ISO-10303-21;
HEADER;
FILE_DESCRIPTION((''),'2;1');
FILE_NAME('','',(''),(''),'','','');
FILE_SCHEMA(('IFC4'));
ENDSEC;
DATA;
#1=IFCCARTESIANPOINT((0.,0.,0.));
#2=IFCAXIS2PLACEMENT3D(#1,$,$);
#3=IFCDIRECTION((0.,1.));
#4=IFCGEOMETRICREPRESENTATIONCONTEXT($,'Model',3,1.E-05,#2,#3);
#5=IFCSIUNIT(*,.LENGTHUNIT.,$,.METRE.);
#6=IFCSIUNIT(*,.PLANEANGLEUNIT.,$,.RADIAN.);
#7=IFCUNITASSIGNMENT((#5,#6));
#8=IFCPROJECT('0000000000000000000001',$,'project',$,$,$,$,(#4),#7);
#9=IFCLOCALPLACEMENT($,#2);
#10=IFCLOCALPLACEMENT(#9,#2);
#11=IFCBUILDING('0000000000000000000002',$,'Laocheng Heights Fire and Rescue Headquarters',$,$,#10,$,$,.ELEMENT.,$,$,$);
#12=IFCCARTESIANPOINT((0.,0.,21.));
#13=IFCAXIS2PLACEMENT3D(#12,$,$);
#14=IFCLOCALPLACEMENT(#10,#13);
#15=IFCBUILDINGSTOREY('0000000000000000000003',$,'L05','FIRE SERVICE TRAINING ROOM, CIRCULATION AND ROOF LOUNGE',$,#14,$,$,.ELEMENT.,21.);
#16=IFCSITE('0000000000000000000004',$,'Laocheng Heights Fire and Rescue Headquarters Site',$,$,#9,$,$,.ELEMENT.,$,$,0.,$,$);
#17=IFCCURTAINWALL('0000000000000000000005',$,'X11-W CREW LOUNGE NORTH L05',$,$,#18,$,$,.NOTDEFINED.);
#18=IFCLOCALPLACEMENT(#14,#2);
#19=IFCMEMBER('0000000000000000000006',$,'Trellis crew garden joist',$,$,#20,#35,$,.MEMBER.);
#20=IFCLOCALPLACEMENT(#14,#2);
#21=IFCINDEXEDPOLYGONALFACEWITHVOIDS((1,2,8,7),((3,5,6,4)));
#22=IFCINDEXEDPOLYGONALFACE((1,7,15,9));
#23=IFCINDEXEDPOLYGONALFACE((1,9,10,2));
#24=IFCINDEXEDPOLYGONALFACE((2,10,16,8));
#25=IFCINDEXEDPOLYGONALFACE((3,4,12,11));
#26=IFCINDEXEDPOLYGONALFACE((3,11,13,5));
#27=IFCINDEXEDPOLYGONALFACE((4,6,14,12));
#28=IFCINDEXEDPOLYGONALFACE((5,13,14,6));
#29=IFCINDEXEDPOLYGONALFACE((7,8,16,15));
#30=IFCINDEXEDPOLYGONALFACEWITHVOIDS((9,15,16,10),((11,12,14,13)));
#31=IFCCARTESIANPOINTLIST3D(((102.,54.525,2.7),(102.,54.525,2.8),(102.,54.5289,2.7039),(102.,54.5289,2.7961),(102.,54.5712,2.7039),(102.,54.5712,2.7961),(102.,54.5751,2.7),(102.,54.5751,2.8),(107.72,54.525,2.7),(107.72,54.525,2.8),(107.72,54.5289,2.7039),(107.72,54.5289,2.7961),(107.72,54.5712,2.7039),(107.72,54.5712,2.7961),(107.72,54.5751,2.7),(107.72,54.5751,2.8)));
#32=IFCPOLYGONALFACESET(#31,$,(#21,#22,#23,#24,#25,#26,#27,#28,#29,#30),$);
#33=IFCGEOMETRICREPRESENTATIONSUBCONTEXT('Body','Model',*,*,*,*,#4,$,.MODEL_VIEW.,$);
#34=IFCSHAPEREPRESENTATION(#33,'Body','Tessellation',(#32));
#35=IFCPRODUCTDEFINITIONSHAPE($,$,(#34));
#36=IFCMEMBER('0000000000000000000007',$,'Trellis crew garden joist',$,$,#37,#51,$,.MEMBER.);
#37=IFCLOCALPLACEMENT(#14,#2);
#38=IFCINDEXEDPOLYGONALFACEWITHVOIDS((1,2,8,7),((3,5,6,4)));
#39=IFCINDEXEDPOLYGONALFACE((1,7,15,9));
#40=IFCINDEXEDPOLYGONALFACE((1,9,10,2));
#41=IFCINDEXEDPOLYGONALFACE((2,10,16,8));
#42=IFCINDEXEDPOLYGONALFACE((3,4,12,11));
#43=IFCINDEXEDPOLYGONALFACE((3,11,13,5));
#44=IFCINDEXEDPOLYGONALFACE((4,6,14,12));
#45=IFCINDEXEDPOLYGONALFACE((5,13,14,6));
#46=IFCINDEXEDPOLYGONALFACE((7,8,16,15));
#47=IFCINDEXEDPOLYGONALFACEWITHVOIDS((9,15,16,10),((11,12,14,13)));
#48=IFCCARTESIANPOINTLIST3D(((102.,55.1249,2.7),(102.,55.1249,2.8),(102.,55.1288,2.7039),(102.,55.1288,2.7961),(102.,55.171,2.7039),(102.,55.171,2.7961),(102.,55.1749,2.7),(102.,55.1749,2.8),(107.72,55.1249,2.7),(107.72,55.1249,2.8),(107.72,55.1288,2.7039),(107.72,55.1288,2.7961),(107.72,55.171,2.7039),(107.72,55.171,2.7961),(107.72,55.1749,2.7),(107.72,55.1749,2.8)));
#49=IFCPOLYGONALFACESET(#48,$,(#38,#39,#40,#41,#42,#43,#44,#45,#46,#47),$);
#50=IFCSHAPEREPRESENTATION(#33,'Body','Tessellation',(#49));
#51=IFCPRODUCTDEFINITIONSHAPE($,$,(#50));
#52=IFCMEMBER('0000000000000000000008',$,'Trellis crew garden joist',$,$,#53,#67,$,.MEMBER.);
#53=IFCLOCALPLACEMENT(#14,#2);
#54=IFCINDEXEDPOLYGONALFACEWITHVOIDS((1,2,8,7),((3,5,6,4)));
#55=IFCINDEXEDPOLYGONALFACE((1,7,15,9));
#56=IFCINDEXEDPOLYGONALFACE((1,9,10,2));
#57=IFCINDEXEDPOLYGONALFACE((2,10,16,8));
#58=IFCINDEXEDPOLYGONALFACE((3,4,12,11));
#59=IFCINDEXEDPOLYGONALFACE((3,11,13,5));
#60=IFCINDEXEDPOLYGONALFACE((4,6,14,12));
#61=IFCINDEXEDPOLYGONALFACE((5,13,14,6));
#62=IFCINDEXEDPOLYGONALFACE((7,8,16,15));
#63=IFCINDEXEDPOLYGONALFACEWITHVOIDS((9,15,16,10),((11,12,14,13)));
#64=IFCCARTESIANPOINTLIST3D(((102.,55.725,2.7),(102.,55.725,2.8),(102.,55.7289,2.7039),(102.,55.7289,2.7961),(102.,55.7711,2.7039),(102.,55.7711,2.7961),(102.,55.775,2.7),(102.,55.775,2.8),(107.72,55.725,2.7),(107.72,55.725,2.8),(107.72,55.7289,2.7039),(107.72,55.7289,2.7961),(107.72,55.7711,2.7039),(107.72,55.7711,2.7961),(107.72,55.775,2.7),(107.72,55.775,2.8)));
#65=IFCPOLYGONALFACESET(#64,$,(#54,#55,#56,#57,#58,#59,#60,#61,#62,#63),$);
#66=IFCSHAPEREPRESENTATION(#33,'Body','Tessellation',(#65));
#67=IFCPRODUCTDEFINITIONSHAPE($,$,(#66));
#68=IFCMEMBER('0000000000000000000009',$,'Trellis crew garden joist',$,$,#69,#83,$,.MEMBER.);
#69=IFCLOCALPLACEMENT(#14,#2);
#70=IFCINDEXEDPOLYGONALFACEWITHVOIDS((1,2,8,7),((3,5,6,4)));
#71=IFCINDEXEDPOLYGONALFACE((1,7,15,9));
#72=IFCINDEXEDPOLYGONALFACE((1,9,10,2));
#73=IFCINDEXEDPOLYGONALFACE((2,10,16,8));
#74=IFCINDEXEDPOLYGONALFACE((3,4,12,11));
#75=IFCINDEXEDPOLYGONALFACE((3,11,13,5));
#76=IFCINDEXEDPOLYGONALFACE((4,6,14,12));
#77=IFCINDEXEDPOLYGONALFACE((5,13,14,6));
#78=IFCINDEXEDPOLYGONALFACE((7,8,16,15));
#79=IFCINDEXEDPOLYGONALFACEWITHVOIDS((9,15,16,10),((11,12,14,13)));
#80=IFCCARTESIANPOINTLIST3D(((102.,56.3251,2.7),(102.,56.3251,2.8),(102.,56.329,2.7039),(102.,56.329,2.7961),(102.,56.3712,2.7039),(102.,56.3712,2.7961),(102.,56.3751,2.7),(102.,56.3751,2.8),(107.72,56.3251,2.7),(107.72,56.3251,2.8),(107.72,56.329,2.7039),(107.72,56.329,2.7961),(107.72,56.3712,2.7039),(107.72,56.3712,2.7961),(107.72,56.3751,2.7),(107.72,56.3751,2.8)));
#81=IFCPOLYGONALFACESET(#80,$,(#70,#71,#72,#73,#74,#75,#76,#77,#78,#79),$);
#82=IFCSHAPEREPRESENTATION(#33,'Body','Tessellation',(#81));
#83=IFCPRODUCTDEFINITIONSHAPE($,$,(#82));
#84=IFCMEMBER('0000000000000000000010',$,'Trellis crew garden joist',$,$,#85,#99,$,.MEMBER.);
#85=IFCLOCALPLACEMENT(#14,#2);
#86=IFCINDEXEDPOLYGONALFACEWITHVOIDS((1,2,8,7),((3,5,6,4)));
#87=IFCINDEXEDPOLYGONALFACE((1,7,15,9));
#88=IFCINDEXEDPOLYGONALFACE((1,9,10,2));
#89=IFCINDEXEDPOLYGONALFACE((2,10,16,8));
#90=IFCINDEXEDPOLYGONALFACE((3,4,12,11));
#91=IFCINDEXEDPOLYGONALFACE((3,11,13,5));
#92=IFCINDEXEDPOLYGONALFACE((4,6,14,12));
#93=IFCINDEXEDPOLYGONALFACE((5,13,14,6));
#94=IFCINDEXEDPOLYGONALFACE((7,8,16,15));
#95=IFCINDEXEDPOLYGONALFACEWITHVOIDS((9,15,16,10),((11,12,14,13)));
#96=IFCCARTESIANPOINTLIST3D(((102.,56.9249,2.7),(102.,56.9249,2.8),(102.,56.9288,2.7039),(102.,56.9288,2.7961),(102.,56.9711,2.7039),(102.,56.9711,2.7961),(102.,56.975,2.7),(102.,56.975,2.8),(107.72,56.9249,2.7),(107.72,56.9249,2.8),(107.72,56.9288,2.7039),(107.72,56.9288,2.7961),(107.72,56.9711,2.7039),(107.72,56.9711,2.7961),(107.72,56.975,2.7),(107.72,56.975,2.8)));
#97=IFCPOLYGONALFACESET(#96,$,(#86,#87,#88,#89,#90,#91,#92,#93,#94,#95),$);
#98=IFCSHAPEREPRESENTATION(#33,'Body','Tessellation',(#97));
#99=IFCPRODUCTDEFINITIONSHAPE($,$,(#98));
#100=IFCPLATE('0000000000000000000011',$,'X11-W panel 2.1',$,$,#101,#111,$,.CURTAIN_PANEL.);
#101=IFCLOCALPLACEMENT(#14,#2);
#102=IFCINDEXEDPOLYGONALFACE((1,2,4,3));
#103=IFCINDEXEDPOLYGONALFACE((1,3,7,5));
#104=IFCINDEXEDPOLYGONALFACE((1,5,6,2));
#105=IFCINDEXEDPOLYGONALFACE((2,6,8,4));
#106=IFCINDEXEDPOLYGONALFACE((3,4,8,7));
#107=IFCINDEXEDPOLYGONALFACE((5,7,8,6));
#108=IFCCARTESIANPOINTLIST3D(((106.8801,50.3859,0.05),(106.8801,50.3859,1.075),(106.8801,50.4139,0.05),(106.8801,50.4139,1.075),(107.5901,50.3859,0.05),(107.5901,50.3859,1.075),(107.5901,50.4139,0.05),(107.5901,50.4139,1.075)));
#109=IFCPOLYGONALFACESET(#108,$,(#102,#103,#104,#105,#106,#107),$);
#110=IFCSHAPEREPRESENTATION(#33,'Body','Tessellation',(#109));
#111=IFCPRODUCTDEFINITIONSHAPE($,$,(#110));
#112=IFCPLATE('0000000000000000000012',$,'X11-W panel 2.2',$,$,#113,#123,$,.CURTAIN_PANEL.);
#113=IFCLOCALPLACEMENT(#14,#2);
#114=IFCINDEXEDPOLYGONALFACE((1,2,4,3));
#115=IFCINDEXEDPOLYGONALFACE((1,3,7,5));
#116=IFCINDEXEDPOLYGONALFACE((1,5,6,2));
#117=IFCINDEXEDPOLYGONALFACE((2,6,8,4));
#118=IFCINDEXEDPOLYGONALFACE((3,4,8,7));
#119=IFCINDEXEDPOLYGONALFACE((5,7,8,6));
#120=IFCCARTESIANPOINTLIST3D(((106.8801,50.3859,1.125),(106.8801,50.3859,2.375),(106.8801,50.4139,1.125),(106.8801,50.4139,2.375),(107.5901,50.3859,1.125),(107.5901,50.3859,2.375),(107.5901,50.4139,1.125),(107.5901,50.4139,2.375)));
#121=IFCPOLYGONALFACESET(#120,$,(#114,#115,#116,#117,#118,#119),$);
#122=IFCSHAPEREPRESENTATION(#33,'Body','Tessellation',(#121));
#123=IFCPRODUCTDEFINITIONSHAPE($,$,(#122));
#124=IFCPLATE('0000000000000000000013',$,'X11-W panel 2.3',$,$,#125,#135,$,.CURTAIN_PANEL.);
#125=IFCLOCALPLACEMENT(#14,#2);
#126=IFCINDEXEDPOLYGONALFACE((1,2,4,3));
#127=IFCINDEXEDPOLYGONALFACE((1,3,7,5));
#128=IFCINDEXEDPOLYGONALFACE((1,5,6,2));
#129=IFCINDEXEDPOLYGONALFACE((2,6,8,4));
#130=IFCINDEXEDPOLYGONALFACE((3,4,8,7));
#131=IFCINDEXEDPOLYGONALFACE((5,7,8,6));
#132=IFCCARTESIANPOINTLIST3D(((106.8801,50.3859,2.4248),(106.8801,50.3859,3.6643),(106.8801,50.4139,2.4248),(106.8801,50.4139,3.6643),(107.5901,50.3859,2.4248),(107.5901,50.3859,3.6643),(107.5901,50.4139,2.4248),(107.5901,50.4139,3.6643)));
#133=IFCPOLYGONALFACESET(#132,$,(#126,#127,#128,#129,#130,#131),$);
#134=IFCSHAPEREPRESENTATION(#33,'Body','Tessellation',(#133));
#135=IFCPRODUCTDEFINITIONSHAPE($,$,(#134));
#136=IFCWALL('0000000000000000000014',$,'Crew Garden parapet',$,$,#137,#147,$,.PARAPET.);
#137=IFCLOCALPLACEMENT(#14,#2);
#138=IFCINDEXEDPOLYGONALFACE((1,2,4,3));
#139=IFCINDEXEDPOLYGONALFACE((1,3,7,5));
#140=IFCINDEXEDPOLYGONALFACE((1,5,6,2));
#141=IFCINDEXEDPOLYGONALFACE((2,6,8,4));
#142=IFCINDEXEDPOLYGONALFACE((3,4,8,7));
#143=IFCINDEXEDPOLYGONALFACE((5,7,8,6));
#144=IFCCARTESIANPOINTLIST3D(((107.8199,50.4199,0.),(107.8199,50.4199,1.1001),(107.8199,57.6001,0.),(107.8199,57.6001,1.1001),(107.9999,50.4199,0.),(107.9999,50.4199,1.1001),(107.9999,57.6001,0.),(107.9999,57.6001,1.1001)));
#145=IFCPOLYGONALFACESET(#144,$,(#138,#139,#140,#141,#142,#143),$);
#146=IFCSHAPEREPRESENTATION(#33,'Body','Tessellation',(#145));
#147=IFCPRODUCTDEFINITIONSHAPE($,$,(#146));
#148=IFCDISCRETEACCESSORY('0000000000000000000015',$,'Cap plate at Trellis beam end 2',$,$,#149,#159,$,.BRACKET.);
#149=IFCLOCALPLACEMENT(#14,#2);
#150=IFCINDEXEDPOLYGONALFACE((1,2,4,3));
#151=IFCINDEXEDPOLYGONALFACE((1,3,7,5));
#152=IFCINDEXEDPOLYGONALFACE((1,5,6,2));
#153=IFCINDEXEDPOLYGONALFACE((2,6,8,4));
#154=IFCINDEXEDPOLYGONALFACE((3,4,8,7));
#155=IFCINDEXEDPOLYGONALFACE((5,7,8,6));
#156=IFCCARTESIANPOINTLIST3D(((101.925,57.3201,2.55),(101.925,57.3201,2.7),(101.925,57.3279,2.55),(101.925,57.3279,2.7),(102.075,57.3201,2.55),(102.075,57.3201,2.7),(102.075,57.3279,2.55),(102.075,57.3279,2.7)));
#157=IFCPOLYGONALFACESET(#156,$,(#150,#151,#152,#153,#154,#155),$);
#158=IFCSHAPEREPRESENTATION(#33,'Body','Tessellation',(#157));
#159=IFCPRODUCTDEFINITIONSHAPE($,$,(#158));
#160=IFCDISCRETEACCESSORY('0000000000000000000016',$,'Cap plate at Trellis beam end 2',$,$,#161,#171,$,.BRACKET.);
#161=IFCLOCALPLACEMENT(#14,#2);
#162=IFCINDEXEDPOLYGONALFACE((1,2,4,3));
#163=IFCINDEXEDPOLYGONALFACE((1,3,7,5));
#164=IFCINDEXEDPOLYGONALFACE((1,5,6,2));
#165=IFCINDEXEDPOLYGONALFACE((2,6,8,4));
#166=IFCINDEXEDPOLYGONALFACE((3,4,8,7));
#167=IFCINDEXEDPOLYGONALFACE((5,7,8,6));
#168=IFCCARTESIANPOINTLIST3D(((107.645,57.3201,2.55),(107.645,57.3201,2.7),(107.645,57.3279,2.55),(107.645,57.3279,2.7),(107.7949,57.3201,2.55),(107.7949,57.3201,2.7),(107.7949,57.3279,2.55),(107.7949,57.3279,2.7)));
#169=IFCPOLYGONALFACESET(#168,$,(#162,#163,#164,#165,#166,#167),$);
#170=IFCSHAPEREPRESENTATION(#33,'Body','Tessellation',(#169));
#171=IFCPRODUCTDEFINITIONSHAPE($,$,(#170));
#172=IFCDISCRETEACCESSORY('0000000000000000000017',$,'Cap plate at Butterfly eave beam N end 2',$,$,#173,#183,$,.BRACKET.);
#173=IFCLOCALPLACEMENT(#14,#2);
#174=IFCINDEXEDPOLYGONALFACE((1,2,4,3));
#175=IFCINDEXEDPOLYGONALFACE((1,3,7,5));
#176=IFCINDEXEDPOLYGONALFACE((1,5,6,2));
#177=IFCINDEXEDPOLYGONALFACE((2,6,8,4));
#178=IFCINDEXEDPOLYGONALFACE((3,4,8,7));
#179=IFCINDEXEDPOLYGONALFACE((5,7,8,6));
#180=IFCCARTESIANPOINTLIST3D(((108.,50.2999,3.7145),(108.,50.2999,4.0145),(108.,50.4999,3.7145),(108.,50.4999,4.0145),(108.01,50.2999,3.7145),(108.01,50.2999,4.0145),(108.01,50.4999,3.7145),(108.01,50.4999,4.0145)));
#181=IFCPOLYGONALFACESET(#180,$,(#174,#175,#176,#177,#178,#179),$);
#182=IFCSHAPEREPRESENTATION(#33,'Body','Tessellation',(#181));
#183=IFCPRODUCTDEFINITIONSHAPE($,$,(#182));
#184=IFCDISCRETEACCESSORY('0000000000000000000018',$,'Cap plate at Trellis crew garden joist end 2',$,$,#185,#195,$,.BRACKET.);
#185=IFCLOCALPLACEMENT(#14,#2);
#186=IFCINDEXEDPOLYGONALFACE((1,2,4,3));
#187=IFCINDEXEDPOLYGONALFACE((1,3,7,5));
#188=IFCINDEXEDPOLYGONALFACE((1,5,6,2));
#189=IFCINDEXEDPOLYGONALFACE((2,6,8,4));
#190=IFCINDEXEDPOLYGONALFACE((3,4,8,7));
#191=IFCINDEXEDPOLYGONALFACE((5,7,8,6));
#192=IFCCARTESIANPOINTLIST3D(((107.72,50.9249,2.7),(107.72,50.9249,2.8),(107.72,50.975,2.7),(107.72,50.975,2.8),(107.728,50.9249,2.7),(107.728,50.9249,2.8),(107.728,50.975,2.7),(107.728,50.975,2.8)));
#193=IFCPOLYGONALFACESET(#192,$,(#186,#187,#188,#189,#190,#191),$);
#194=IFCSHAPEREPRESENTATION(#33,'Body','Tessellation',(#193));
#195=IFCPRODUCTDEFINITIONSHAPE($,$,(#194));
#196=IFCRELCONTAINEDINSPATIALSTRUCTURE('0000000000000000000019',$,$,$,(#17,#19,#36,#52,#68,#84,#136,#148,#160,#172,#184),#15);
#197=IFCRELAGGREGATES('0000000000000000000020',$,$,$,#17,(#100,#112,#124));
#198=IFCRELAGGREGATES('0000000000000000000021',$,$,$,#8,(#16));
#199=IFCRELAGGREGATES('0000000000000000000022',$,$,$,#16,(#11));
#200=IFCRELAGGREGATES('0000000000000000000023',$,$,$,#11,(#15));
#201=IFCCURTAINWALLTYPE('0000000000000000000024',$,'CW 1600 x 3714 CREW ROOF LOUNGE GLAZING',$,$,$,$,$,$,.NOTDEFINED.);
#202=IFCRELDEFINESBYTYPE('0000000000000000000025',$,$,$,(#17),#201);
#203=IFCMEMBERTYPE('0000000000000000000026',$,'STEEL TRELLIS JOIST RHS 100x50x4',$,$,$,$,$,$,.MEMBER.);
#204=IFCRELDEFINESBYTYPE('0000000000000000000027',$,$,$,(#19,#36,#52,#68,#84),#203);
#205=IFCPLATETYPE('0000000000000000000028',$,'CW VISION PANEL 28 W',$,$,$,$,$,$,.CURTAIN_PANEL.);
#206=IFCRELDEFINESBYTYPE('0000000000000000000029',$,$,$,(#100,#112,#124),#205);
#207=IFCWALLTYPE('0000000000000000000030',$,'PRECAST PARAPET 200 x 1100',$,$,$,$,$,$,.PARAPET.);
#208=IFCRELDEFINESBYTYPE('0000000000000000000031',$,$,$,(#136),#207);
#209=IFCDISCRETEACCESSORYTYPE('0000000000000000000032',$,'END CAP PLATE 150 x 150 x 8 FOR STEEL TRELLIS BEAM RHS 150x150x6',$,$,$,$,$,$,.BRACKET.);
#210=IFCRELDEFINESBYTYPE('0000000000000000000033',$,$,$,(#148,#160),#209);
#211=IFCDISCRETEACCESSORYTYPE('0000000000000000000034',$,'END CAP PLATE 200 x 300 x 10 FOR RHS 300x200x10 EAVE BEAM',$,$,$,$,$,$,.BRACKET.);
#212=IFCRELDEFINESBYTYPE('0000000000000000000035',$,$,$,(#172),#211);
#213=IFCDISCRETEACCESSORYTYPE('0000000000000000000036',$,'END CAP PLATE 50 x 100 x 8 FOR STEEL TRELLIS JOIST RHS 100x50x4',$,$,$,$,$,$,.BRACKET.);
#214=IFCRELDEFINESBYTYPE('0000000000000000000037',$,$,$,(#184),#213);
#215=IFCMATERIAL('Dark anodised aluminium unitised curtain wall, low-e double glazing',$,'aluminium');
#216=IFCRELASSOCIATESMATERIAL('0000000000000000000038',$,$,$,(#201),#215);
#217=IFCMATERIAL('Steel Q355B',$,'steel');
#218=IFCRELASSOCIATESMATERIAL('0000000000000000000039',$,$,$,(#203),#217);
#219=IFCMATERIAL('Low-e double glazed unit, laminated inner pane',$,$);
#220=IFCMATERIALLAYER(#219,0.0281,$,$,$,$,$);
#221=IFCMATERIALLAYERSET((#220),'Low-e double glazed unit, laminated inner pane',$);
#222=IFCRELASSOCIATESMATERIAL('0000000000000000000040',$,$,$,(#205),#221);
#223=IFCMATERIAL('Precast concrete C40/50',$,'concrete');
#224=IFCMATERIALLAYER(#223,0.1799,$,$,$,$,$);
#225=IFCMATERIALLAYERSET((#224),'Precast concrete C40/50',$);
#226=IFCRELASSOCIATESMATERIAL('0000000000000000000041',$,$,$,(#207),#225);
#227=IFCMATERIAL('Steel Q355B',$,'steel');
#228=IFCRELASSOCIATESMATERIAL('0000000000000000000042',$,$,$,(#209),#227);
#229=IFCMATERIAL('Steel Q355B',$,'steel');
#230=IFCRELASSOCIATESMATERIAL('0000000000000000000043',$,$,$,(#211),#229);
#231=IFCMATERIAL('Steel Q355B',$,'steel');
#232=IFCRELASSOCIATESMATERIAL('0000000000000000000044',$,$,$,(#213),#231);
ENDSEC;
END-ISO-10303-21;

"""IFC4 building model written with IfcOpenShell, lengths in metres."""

from ifc_helpers import new_model, si_unit, direction, frame, frame_2d, origin, origin_2d, place, context, subcontext, project, spatial, rectangle, hollow_rectangle, extrude, material, layer, layer_set, material_profile, profile_set, type_object, element, aggregate, save


model = new_model("IFC4")

# Units and contexts
model_context = context("Model", 3, precision=1e-05, world=origin(), true_north=direction((0.0, 1.0)))
body_context = subcontext(model_context, "Body", "Model", "MODEL_VIEW")
ifc_project = project(units=[si_unit("LENGTHUNIT", "METRE"), si_unit("PLANEANGLEUNIT", "RADIAN")], contexts=[model_context])

# Site, building, storey
site_placement = place(None, origin())
site = spatial("IfcSite", under=ifc_project, at=site_placement, Name="Laocheng Heights Fire and Rescue Headquarters Site", CompositionType="ELEMENT", RefElevation=0.0)
building_placement = place(site_placement, origin())
building = spatial("IfcBuilding", under=site, at=building_placement, Name="Laocheng Heights Fire and Rescue Headquarters", CompositionType="ELEMENT")
storey_placement = place(building_placement, frame((0.0, 0.0, 21.0)))
storey = spatial("IfcBuildingStorey", under=building, at=storey_placement, Name="L05", Description="FIRE SERVICE TRAINING ROOM, CIRCULATION AND ROOF LOUNGE", CompositionType="ELEMENT", Elevation=21.0)

# Curtain wall
ifc_material_1 = material(Name="Dark anodised aluminium unitised curtain wall, low-e double glazing", Category="aluminium")
curtain_wall_type = type_object("IfcCurtainWallType", Name="CW 1600 x 3714 CREW ROOF LOUNGE GLAZING", PredefinedType="NOTDEFINED", material=ifc_material_1)
curtain_wall_placement = place(storey_placement, origin())
curtain_wall = element("IfcCurtainWall", 1, at=curtain_wall_placement, inside=storey, type_object=curtain_wall_type, Name="X11-W CREW LOUNGE NORTH L05", PredefinedType="NOTDEFINED")

# Members
ifc_material_2 = material(Name="Steel Q355B", Category="steel")
ifc_material_profile_1 = material_profile(ifc_material_2, hollow_rectangle(XDim=0.05, YDim=0.1001, WallThickness=0.0039, at=origin_2d()), Name="RHS 100x50x4")
ifc_profile_set_1 = profile_set([ifc_material_profile_1], Name="Steel Q355B")
member_type_1 = type_object("IfcMemberType", Name="STEEL TRELLIS JOIST RHS 100x50x4", PredefinedType="MEMBER", material=ifc_profile_set_1)
for number, where, z_axis, x_axis, name in (
    (2, (102.0, 54.55, 2.75), (1.0, 0.0, 0.0), (0.0, 1.0, 0.0), "Trellis crew garden joist"),
    (3, (102.0, 55.1499, 2.75), (1.0, 0.0, 0.0), (0.0, 1.0, 0.0), "Trellis crew garden joist"),
    (4, (102.0, 55.75, 2.75), (1.0, 0.0, 0.0), (0.0, 1.0, 0.0), "Trellis crew garden joist"),
    (5, (102.0, 56.3501, 2.75), (1.0, 0.0, 0.0), (0.0, 1.0, 0.0), "Trellis crew garden joist"),
    (6, (102.0, 56.95, 2.75), (1.0, 0.0, 0.0), (0.0, 1.0, 0.0), "Trellis crew garden joist"),
):
    element("IfcMember", number, at=place(storey_placement, frame(where, z_axis=z_axis, x_axis=x_axis)), inside=storey, type_object=member_type_1, Name=name, PredefinedType="MEMBER", context=body_context, shape_type="SweptSolid", body=[
        extrude(hollow_rectangle(XDim=0.05, YDim=0.1001, WallThickness=0.0039, at=origin_2d()), origin(), (0.0, 0.0, 1.0), 5.72),
    ])

# Plates
ifc_material_3 = material(Name="Low-e double glazed unit, laminated inner pane")
ifc_layer_1 = layer(ifc_material_3, 0.0281)
ifc_layer_set_1 = layer_set([ifc_layer_1], Name="Low-e double glazed unit, laminated inner pane")
plate_type = type_object("IfcPlateType", Name="CW VISION PANEL 28 W", PredefinedType="CURTAIN_PANEL", material=ifc_layer_set_1)
plate_1_placement = place(storey_placement, frame((107.2351, 50.3999, 0.05), z_axis=(0.0, 0.0, 1.0), x_axis=(1.0, 0.0, 0.0)))
plate_1 = element("IfcPlate", 7, at=plate_1_placement, type_object=plate_type, Name="X11-W panel 2.1", PredefinedType="CURTAIN_PANEL", context=body_context, shape_type="SweptSolid", body=[
    extrude(rectangle(XDim=0.71, YDim=0.0281, at=origin_2d()), origin(), (0.0, 0.0, 1.0), 1.0249),
])
plate_2_placement = place(storey_placement, frame((107.2351, 50.3999, 1.125), z_axis=(0.0, 0.0, 1.0), x_axis=(1.0, 0.0, 0.0)))
plate_2 = element("IfcPlate", 8, at=plate_2_placement, type_object=plate_type, Name="X11-W panel 2.2", PredefinedType="CURTAIN_PANEL", context=body_context, shape_type="SweptSolid", body=[
    extrude(rectangle(XDim=0.71, YDim=0.0281, at=origin_2d()), origin(), (0.0, 0.0, 1.0), 1.25),
])
plate_3_placement = place(storey_placement, frame((107.2351, 50.3999, 2.4248), z_axis=(0.0, 0.0, 1.0), x_axis=(1.0, 0.0, 0.0)))
plate_3 = element("IfcPlate", 9, at=plate_3_placement, type_object=plate_type, Name="X11-W panel 2.3", PredefinedType="CURTAIN_PANEL", context=body_context, shape_type="SweptSolid", body=[
    extrude(rectangle(XDim=0.71, YDim=0.0281, at=origin_2d()), origin(), (0.0, 0.0, 1.0), 1.2395),
])
aggregate(curtain_wall, [plate_1, plate_2, plate_3])

# Wall
ifc_material_4 = material(Name="Precast concrete C40/50", Category="concrete")
ifc_layer_2 = layer(ifc_material_4, 0.1799)
ifc_layer_set_2 = layer_set([ifc_layer_2], Name="Precast concrete C40/50")
wall_type = type_object("IfcWallType", Name="PRECAST PARAPET 200 x 1100", PredefinedType="PARAPET", material=ifc_layer_set_2)
wall_placement = place(storey_placement, frame((107.9099, 50.4199, 0.0), z_axis=(0.0, 0.0, 1.0), x_axis=(0.0, 1.0, 0.0)))
element("IfcWall", 10, at=wall_placement, inside=storey, type_object=wall_type, Name="Crew Garden parapet", PredefinedType="PARAPET", context=body_context, shape_type="SweptSolid", body=[
    extrude(rectangle(XDim=7.1802, YDim=0.1799, at=frame_2d((3.5901, 0.0))), origin(), (0.0, 0.0, 1.0), 1.1001),
])

# Discrete accessories
ifc_material_5 = material(Name="Steel Q355B", Category="steel")
ifc_material_profile_2 = material_profile(ifc_material_5, rectangle(XDim=0.1499, YDim=0.1499, at=origin_2d()), Name="END CAP PLATE 150 x 150 x 8 FOR STEEL TRELLIS BEAM RHS 150x150x6")
ifc_profile_set_2 = profile_set([ifc_material_profile_2], Name="Steel Q355B")
discrete_accessory_type_1 = type_object("IfcDiscreteAccessoryType", Name="END CAP PLATE 150 x 150 x 8 FOR STEEL TRELLIS BEAM RHS 150x150x6", PredefinedType="BRACKET", material=ifc_profile_set_2)
for number, where, z_axis, x_axis, name in (
    (11, (102.0, 57.3201, 2.625), (0.0, 1.0, 0.0), (-1.0, 0.0, 0.0), "Cap plate at Trellis beam end 2"),
    (12, (107.72, 57.3201, 2.625), (0.0, 1.0, 0.0), (-1.0, 0.0, 0.0), "Cap plate at Trellis beam end 2"),
):
    element("IfcDiscreteAccessory", number, at=place(storey_placement, frame(where, z_axis=z_axis, x_axis=x_axis)), inside=storey, type_object=discrete_accessory_type_1, Name=name, PredefinedType="BRACKET", context=body_context, shape_type="SweptSolid", body=[
        extrude(rectangle(XDim=0.1499, YDim=0.1499, at=origin_2d()), origin(), (0.0, 0.0, 1.0), 0.0078),
    ])
ifc_material_6 = material(Name="Steel Q355B", Category="steel")
ifc_material_profile_3 = material_profile(ifc_material_6, rectangle(XDim=0.2, YDim=0.3, at=origin_2d()), Name="END CAP PLATE 200 x 300 x 10 FOR RHS 300x200x10 EAVE BEAM")
ifc_profile_set_3 = profile_set([ifc_material_profile_3], Name="Steel Q355B")
discrete_accessory_type_2 = type_object("IfcDiscreteAccessoryType", Name="END CAP PLATE 200 x 300 x 10 FOR RHS 300x200x10 EAVE BEAM", PredefinedType="BRACKET", material=ifc_profile_set_3)
discrete_accessory_placement = place(storey_placement, frame((108.0, 50.3999, 3.8645), z_axis=(1.0, 0.0, 0.0), x_axis=(0.0, 1.0, 0.0)))
element("IfcDiscreteAccessory", 13, at=discrete_accessory_placement, inside=storey, type_object=discrete_accessory_type_2, Name="Cap plate at Butterfly eave beam N end 2", PredefinedType="BRACKET", context=body_context, shape_type="SweptSolid", body=[
    extrude(rectangle(XDim=0.2, YDim=0.3, at=origin_2d()), origin(), (0.0, 0.0, 1.0), 0.01),
])
ifc_material_7 = material(Name="Steel Q355B", Category="steel")
ifc_material_profile_4 = material_profile(ifc_material_7, rectangle(XDim=0.05, YDim=0.1001, at=origin_2d()), Name="END CAP PLATE 50 x 100 x 8 FOR STEEL TRELLIS JOIST RHS 100x50x4")
ifc_profile_set_4 = profile_set([ifc_material_profile_4], Name="Steel Q355B")
discrete_accessory_type_3 = type_object("IfcDiscreteAccessoryType", Name="END CAP PLATE 50 x 100 x 8 FOR STEEL TRELLIS JOIST RHS 100x50x4", PredefinedType="BRACKET", material=ifc_profile_set_4)
for number, where, z_axis, x_axis, name in (
    (14, (107.72, 50.95, 2.75), (1.0, 0.0, 0.0), (0.0, 1.0, 0.0), "Cap plate at Trellis crew garden joist end 2"),
):
    element("IfcDiscreteAccessory", number, at=place(storey_placement, frame(where, z_axis=z_axis, x_axis=x_axis)), inside=storey, type_object=discrete_accessory_type_3, Name=name, PredefinedType="BRACKET", context=body_context, shape_type="SweptSolid", body=[
        extrude(rectangle(XDim=0.05, YDim=0.1001, at=origin_2d()), origin(), (0.0, 0.0, 1.0), 0.0081),
    ])

save(model, "model.ifc")
